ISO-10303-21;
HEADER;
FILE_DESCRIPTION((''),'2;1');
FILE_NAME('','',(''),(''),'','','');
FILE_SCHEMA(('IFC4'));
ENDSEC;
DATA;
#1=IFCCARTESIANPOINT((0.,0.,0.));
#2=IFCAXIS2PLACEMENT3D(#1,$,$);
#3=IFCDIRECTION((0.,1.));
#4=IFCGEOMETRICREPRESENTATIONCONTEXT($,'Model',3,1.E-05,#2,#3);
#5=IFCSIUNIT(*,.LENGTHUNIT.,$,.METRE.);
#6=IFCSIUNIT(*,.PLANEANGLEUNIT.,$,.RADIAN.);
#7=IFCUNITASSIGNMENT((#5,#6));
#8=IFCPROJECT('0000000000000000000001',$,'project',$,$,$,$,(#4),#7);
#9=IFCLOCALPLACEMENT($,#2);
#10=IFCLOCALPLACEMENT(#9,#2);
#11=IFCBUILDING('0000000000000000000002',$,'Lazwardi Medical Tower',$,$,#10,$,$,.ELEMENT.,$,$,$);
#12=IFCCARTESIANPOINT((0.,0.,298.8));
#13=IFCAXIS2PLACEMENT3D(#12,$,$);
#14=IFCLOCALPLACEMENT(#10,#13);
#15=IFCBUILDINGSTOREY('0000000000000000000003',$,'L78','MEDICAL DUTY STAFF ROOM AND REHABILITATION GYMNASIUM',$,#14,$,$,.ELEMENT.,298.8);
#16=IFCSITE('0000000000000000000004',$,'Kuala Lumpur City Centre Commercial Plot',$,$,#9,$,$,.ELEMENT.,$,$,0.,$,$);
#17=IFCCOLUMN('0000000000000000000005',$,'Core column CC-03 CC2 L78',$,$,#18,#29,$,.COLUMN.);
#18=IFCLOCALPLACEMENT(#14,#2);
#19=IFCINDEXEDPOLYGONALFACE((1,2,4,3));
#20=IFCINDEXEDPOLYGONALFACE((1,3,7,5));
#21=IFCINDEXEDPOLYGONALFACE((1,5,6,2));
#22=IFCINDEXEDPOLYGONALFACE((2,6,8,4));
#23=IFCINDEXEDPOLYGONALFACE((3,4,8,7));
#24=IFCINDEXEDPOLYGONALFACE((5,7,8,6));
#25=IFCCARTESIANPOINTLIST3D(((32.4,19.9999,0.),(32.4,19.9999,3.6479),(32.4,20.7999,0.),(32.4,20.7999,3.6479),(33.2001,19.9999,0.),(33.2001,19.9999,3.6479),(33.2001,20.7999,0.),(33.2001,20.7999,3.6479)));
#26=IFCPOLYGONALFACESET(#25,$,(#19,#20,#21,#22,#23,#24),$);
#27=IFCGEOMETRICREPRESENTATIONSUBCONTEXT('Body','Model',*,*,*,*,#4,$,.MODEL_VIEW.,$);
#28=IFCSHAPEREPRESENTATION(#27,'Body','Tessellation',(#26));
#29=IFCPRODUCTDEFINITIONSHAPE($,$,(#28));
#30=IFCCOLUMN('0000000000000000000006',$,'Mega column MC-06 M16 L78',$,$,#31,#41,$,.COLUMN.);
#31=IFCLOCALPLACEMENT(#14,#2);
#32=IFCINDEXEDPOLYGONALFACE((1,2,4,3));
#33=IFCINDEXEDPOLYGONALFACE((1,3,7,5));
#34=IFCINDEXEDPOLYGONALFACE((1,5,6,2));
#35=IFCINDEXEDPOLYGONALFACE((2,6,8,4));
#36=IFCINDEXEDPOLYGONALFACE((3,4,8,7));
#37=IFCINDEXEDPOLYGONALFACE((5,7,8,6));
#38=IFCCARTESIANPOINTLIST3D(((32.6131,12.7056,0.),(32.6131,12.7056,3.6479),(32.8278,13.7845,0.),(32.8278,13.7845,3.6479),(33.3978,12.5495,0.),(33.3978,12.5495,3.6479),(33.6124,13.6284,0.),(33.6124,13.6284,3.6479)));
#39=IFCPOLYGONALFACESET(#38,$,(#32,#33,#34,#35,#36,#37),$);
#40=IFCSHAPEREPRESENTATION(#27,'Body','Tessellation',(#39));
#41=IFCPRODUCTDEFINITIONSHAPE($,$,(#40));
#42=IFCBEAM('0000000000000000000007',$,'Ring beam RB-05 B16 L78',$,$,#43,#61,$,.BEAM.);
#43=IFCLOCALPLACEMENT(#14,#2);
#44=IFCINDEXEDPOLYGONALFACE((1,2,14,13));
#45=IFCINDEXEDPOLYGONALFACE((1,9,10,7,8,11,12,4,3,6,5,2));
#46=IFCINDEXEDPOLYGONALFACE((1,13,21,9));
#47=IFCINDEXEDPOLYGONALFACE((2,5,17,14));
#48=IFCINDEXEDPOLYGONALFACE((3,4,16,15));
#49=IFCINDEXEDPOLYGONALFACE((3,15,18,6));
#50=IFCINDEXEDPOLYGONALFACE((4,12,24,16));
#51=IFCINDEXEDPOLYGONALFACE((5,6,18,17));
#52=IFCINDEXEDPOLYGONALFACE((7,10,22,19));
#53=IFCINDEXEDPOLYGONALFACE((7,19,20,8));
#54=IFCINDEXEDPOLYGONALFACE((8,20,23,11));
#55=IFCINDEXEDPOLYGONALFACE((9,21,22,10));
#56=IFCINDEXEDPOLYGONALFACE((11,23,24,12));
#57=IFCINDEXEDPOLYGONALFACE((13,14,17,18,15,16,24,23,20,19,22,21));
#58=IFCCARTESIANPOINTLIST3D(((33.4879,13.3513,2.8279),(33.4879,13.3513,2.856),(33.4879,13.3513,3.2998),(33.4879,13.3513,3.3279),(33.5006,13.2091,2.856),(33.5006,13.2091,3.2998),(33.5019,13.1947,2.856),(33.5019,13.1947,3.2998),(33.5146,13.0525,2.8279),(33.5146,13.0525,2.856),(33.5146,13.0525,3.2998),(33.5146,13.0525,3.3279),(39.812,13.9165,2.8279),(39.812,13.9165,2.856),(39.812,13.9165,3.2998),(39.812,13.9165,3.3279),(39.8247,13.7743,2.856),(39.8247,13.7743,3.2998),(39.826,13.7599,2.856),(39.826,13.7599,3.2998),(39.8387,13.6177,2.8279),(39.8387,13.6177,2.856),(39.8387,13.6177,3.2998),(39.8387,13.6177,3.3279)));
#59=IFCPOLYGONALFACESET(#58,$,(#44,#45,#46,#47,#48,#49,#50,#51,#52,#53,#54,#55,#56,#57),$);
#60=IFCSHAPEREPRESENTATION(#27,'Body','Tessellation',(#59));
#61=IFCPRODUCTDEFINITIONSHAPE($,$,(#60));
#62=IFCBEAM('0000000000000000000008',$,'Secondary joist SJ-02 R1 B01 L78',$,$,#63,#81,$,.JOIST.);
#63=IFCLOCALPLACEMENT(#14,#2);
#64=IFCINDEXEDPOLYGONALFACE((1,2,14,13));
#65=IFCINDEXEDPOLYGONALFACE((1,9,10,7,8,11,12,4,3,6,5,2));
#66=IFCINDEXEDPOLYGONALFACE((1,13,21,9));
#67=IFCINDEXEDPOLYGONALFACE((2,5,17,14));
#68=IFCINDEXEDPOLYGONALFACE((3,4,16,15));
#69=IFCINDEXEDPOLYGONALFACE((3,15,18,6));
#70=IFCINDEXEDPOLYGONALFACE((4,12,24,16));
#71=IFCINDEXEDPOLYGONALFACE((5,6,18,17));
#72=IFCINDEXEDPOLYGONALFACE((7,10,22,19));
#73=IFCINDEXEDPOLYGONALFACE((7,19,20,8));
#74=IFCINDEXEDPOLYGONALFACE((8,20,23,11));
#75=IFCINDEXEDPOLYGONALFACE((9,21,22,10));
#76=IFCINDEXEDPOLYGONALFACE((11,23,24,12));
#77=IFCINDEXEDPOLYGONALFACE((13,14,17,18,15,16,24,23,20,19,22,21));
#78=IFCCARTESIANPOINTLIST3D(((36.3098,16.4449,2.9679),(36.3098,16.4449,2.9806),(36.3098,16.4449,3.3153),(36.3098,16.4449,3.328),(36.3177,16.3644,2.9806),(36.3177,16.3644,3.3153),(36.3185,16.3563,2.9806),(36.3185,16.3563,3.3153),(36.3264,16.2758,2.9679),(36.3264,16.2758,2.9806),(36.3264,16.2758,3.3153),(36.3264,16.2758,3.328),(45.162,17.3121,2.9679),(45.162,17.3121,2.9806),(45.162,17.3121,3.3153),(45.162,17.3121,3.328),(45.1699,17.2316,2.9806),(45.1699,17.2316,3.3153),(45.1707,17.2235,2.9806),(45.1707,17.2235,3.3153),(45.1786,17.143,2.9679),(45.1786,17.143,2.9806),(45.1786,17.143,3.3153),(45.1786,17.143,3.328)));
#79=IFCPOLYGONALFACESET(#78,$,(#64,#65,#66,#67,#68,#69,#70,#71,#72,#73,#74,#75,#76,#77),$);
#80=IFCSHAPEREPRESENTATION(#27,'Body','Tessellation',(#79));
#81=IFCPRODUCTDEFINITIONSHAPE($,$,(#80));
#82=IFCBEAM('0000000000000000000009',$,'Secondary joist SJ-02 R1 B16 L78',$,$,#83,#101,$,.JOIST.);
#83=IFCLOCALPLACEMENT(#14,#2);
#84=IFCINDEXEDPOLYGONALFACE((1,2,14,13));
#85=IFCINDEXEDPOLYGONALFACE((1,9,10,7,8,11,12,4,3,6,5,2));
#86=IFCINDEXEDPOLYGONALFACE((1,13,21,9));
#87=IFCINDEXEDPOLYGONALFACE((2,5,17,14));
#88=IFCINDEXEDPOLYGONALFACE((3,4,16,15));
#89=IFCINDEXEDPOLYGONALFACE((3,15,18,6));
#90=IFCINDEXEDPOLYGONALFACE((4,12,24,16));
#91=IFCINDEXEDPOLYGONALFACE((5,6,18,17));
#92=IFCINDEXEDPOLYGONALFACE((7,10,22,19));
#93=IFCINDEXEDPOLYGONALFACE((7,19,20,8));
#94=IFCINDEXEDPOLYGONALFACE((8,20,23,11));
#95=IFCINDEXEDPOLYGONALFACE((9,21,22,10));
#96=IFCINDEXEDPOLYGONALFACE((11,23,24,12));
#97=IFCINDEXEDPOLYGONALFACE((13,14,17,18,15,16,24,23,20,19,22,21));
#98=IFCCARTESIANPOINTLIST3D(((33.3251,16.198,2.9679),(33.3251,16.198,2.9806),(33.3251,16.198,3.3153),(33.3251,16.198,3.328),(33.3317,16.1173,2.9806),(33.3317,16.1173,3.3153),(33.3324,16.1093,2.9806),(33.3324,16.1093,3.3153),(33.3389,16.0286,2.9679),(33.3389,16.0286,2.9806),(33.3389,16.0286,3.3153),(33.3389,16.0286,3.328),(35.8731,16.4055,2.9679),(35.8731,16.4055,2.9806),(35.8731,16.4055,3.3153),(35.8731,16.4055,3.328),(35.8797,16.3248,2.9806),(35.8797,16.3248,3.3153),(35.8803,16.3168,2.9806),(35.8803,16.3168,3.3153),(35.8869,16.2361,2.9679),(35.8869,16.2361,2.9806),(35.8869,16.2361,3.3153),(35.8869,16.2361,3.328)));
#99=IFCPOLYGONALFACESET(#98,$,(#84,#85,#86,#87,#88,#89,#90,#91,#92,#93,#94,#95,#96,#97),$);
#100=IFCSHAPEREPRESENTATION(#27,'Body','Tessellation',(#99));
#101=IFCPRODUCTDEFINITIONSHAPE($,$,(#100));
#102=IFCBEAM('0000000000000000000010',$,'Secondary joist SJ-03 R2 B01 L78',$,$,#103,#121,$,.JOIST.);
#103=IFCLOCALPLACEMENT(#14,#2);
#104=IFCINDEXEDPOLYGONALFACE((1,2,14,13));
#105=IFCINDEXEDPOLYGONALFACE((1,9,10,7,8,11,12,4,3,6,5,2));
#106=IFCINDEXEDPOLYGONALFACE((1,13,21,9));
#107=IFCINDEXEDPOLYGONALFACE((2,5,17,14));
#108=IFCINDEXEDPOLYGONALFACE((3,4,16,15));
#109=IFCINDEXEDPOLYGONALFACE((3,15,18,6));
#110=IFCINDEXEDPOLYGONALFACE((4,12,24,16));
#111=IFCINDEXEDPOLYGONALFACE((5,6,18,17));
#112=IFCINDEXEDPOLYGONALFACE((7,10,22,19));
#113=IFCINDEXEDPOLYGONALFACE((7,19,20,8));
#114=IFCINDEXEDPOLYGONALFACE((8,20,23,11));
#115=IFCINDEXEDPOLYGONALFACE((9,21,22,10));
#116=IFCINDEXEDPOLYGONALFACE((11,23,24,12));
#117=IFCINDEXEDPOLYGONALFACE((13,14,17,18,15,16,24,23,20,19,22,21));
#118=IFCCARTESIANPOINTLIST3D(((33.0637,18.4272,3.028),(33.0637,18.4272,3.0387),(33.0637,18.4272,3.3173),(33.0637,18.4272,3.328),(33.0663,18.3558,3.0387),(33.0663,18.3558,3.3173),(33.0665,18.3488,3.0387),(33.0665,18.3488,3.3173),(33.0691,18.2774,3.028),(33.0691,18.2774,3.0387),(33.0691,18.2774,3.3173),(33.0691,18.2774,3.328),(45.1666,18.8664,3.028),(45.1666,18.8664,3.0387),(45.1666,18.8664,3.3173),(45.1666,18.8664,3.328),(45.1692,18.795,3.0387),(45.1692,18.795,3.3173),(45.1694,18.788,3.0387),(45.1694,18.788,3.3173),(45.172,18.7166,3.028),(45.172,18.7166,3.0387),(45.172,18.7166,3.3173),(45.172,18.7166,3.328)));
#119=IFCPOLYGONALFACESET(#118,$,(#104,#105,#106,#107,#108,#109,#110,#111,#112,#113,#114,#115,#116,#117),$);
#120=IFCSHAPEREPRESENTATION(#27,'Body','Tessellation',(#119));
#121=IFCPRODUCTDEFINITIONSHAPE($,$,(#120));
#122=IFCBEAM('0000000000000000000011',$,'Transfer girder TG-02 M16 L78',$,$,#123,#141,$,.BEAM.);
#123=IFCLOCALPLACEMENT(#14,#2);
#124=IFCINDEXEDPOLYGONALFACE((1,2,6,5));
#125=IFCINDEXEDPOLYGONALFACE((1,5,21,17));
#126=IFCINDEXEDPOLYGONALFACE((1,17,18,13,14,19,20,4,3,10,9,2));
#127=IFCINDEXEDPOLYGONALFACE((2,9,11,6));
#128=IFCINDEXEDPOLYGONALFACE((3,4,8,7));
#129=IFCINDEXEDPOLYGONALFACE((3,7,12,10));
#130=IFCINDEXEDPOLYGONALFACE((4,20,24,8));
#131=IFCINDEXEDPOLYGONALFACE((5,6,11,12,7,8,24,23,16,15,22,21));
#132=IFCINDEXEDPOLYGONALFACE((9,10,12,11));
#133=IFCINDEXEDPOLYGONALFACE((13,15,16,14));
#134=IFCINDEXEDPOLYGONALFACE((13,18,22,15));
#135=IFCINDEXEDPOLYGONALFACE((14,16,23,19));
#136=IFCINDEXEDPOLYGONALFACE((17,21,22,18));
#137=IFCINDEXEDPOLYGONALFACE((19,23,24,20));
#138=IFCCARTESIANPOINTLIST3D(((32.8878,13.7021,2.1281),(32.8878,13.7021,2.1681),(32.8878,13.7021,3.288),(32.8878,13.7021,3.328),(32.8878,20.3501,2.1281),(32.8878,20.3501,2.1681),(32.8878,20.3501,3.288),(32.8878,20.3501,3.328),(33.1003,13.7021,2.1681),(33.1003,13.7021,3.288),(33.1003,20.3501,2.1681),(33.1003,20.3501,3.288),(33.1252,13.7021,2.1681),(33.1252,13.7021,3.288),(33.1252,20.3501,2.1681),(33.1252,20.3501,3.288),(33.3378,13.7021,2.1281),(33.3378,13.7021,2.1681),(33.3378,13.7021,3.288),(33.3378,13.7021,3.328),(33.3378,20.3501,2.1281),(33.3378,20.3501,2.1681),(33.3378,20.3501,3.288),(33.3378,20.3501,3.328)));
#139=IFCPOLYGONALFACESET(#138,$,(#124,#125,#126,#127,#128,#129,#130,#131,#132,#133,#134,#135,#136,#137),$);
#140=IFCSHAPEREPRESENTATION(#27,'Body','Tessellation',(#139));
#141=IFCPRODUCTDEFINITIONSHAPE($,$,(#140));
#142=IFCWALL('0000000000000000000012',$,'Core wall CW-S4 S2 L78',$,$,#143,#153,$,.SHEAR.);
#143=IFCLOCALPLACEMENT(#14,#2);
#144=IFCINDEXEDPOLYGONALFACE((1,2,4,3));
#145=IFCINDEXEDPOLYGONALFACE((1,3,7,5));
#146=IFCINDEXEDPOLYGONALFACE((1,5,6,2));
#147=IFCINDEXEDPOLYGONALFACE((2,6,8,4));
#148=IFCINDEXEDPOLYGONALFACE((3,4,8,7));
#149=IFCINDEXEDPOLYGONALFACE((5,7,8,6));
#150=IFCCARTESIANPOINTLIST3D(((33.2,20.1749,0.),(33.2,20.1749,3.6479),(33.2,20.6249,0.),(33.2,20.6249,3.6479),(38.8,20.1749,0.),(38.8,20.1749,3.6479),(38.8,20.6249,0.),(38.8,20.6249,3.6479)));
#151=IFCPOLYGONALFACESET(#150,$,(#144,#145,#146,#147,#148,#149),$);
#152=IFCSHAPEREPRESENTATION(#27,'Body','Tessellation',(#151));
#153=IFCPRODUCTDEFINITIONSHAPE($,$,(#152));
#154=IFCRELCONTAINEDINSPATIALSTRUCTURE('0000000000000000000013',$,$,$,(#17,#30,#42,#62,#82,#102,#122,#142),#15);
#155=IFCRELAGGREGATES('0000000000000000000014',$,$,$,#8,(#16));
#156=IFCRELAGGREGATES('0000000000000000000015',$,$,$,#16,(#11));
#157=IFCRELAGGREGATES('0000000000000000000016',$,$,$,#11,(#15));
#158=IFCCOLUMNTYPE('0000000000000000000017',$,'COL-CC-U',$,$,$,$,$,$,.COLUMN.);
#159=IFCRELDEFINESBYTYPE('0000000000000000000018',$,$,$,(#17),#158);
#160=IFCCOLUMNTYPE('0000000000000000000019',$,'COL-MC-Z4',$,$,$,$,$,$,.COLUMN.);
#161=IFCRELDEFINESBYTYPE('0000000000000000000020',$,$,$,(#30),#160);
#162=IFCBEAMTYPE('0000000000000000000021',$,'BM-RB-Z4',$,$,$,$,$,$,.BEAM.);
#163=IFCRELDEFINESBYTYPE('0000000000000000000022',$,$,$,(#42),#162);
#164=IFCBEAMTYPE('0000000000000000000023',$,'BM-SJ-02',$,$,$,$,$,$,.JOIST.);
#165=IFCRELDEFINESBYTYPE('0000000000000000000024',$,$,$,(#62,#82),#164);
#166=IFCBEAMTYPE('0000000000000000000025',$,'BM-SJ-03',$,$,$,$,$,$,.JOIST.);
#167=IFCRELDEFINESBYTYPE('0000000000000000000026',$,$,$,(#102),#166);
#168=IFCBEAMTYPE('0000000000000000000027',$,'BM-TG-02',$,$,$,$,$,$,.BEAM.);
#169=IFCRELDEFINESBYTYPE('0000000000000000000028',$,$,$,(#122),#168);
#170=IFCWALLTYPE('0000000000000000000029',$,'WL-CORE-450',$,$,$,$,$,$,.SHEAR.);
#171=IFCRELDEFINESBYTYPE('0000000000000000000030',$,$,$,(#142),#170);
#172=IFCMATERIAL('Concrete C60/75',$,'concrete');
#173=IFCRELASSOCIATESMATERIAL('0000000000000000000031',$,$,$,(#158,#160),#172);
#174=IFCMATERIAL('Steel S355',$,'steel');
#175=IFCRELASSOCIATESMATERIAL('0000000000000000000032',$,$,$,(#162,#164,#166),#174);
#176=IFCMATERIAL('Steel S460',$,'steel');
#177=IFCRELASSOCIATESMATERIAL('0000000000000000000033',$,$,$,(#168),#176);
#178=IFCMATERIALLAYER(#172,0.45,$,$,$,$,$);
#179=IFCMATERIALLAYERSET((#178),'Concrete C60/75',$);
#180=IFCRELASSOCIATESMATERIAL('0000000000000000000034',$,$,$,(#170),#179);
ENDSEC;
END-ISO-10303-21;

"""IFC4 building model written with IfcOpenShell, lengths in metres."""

from ifc_helpers import new_model, si_unit, direction, frame, frame_2d, origin, origin_2d, place, context, subcontext, project, spatial, rectangle, i_section, extrude, material, layer, layer_set, material_profile, profile_set, type_object, element, save


model = new_model("IFC4")

# Units and contexts
model_context = context("Model", 3, precision=1e-05, world=origin(), true_north=direction((0.0, 1.0)))
body_context = subcontext(model_context, "Body", "Model", "MODEL_VIEW")
ifc_project = project(units=[si_unit("LENGTHUNIT", "METRE"), si_unit("PLANEANGLEUNIT", "RADIAN")], contexts=[model_context])

# Site, building, storey
site_placement = place(None, origin())
site = spatial("IfcSite", under=ifc_project, at=site_placement, Name="Kuala Lumpur City Centre Commercial Plot", CompositionType="ELEMENT", RefElevation=0.0)
building_placement = place(site_placement, origin())
building = spatial("IfcBuilding", under=site, at=building_placement, Name="Lazwardi Medical Tower", CompositionType="ELEMENT")
storey_placement = place(building_placement, frame((0.0, 0.0, 298.8)))
storey = spatial("IfcBuildingStorey", under=building, at=storey_placement, Name="L78", Description="MEDICAL DUTY STAFF ROOM AND REHABILITATION GYMNASIUM", CompositionType="ELEMENT", Elevation=298.8)

# Columns
ifc_material_1 = material(Name="Concrete C60/75", Category="concrete")
ifc_material_profile_1 = material_profile(ifc_material_1, rectangle(XDim=0.8, YDim=0.8, at=origin_2d()), Name="RC 800x800")
ifc_profile_set_1 = profile_set([ifc_material_profile_1], Name="Concrete C60/75")
column_type_1 = type_object("IfcColumnType", Name="COL-CC-U", PredefinedType="COLUMN", material=ifc_profile_set_1)
column_1_placement = place(storey_placement, frame((32.8, 20.3999, 0.0), z_axis=(0.0, 0.0, 1.0), x_axis=(1.0, 0.0, 0.0)))
element("IfcColumn", 1, at=column_1_placement, inside=storey, type_object=column_type_1, Name="Core column CC-03 CC2 L78", PredefinedType="COLUMN", context=body_context, shape_type="SweptSolid", body=[
    extrude(rectangle(XDim=0.8, YDim=0.8, at=origin_2d()), origin(), (0.0, 0.0, 1.0), 3.6479),
])
ifc_material_profile_2 = material_profile(ifc_material_1, rectangle(XDim=1.1001, YDim=0.8, at=origin_2d()), Name="CFT-RECT 1100x800")
ifc_profile_set_2 = profile_set([ifc_material_profile_2], Name="Concrete C60/75")
column_type_2 = type_object("IfcColumnType", Name="COL-MC-Z4", PredefinedType="COLUMN", material=ifc_profile_set_2)
column_2_placement = place(storey_placement, frame((33.1128, 13.167, 0.0), z_axis=(0.0, 0.0, 1.0), x_axis=(-0.19509, -0.980785, 0.0)))
element("IfcColumn", 2, at=column_2_placement, inside=storey, type_object=column_type_2, Name="Mega column MC-06 M16 L78", PredefinedType="COLUMN", context=body_context, shape_type="SweptSolid", body=[
    extrude(rectangle(XDim=1.1001, YDim=0.8, at=origin_2d()), origin(), (0.0, 0.0, 1.0), 3.6479),
])

# Beams
ifc_material_2 = material(Name="Steel S355", Category="steel")
ifc_material_profile_3 = material_profile(ifc_material_2, i_section(OverallWidth=0.3, OverallDepth=0.5, WebThickness=0.0144, FlangeThickness=0.0281, at=origin_2d()), Name="HEB 500")
ifc_profile_set_3 = profile_set([ifc_material_profile_3], Name="Steel S355")
beam_type_1 = type_object("IfcBeamType", Name="BM-RB-Z4", PredefinedType="BEAM", material=ifc_profile_set_3)
beam_1_placement = place(storey_placement, frame((33.5012, 13.2019, 3.0779), z_axis=(0.99603, 0.089014, 0.0), x_axis=(-0.089014, 0.99603, 0.0)))
element("IfcBeam", 3, at=beam_1_placement, inside=storey, type_object=beam_type_1, Name="Ring beam RB-05 B16 L78", PredefinedType="BEAM", context=body_context, shape_type="SweptSolid", body=[
    extrude(i_section(OverallWidth=0.3, OverallDepth=0.5, WebThickness=0.0144, FlangeThickness=0.0281, at=origin_2d()), origin(), (0.0, 0.0, 1.0), 6.3494),
])
ifc_material_profile_4 = material_profile(ifc_material_2, i_section(OverallWidth=0.1699, OverallDepth=0.3601, WebThickness=0.0081, FlangeThickness=0.0127, at=origin_2d()), Name="IPE 360")
ifc_profile_set_4 = profile_set([ifc_material_profile_4], Name="Steel S355")
beam_type_2 = type_object("IfcBeamType", Name="BM-SJ-02", PredefinedType="JOIST", material=ifc_profile_set_4)
beam_2_placement = place(storey_placement, frame((36.3181, 16.3604, 3.1479), z_axis=(0.995236, 0.097498, 0.0), x_axis=(-0.097498, 0.995236, 0.0)))
element("IfcBeam", 4, at=beam_2_placement, inside=storey, type_object=beam_type_2, Name="Secondary joist SJ-02 R1 B01 L78", PredefinedType="JOIST", context=body_context, shape_type="SweptSolid", body=[
    extrude(i_section(OverallWidth=0.1699, OverallDepth=0.3601, WebThickness=0.0081, FlangeThickness=0.0127, at=origin_2d()), origin(), (0.0, 0.0, 1.0), 8.8945),
])
beam_3_placement = place(storey_placement, frame((33.332, 16.1133, 3.1479), z_axis=(0.996699, 0.08118, 0.0), x_axis=(-0.08118, 0.996699, 0.0)))
element("IfcBeam", 5, at=beam_3_placement, inside=storey, type_object=beam_type_2, Name="Secondary joist SJ-02 R1 B16 L78", PredefinedType="JOIST", context=body_context, shape_type="SweptSolid", body=[
    extrude(i_section(OverallWidth=0.1699, OverallDepth=0.3601, WebThickness=0.0081, FlangeThickness=0.0127, at=origin_2d()), origin(), (0.0, 0.0, 1.0), 2.5564),
])
ifc_material_profile_5 = material_profile(ifc_material_2, i_section(OverallWidth=0.1499, OverallDepth=0.3, WebThickness=0.0071, FlangeThickness=0.0107, at=origin_2d()), Name="IPE 300")
ifc_profile_set_5 = profile_set([ifc_material_profile_5], Name="Steel S355")
beam_type_3 = type_object("IfcBeamType", Name="BM-SJ-03", PredefinedType="JOIST", material=ifc_profile_set_5)
beam_4_placement = place(storey_placement, frame((33.0664, 18.3523, 3.178), z_axis=(0.999342, 0.036266, 0.0), x_axis=(-0.036266, 0.999342, 0.0)))
element("IfcBeam", 6, at=beam_4_placement, inside=storey, type_object=beam_type_3, Name="Secondary joist SJ-03 R2 B01 L78", PredefinedType="JOIST", context=body_context, shape_type="SweptSolid", body=[
    extrude(i_section(OverallWidth=0.1499, OverallDepth=0.3, WebThickness=0.0071, FlangeThickness=0.0107, at=origin_2d()), origin(), (0.0, 0.0, 1.0), 12.1108),
])
ifc_material_3 = material(Name="Steel S460", Category="steel")
ifc_material_profile_6 = material_profile(ifc_material_3, i_section(OverallWidth=0.45, OverallDepth=1.2, WebThickness=0.0249, FlangeThickness=0.04, at=origin_2d()), Name="PG 1200x450")
ifc_profile_set_6 = profile_set([ifc_material_profile_6], Name="Steel S460")
beam_type_4 = type_object("IfcBeamType", Name="BM-TG-02", PredefinedType="BEAM", material=ifc_profile_set_6)
beam_5_placement = place(storey_placement, frame((33.1128, 13.7021, 2.728), z_axis=(0.0, 1.0, 0.0), x_axis=(-1.0, 0.0, 0.0)))
element("IfcBeam", 7, at=beam_5_placement, inside=storey, type_object=beam_type_4, Name="Transfer girder TG-02 M16 L78", PredefinedType="BEAM", context=body_context, shape_type="SweptSolid", body=[
    extrude(i_section(OverallWidth=0.45, OverallDepth=1.2, WebThickness=0.0249, FlangeThickness=0.04, at=origin_2d()), origin(), (0.0, 0.0, 1.0), 6.6479),
])

# Wall
ifc_layer_1 = layer(ifc_material_1, 0.45)
ifc_layer_set_1 = layer_set([ifc_layer_1], Name="Concrete C60/75")
wall_type_1 = type_object("IfcWallType", Name="WL-CORE-450", PredefinedType="SHEAR", material=ifc_layer_set_1)
wall_1_placement = place(storey_placement, frame((33.2, 20.3999, 0.0), z_axis=(0.0, 0.0, 1.0), x_axis=(1.0, 0.0, 0.0)))
element("IfcWall", 8, at=wall_1_placement, inside=storey, type_object=wall_type_1, Name="Core wall CW-S4 S2 L78", PredefinedType="SHEAR", context=body_context, shape_type="SweptSolid", body=[
    extrude(rectangle(XDim=5.6001, YDim=0.45, at=frame_2d((2.8, 0.0))), origin(), (0.0, 0.0, 1.0), 3.6479),
])

save(model, "model.ifc")
